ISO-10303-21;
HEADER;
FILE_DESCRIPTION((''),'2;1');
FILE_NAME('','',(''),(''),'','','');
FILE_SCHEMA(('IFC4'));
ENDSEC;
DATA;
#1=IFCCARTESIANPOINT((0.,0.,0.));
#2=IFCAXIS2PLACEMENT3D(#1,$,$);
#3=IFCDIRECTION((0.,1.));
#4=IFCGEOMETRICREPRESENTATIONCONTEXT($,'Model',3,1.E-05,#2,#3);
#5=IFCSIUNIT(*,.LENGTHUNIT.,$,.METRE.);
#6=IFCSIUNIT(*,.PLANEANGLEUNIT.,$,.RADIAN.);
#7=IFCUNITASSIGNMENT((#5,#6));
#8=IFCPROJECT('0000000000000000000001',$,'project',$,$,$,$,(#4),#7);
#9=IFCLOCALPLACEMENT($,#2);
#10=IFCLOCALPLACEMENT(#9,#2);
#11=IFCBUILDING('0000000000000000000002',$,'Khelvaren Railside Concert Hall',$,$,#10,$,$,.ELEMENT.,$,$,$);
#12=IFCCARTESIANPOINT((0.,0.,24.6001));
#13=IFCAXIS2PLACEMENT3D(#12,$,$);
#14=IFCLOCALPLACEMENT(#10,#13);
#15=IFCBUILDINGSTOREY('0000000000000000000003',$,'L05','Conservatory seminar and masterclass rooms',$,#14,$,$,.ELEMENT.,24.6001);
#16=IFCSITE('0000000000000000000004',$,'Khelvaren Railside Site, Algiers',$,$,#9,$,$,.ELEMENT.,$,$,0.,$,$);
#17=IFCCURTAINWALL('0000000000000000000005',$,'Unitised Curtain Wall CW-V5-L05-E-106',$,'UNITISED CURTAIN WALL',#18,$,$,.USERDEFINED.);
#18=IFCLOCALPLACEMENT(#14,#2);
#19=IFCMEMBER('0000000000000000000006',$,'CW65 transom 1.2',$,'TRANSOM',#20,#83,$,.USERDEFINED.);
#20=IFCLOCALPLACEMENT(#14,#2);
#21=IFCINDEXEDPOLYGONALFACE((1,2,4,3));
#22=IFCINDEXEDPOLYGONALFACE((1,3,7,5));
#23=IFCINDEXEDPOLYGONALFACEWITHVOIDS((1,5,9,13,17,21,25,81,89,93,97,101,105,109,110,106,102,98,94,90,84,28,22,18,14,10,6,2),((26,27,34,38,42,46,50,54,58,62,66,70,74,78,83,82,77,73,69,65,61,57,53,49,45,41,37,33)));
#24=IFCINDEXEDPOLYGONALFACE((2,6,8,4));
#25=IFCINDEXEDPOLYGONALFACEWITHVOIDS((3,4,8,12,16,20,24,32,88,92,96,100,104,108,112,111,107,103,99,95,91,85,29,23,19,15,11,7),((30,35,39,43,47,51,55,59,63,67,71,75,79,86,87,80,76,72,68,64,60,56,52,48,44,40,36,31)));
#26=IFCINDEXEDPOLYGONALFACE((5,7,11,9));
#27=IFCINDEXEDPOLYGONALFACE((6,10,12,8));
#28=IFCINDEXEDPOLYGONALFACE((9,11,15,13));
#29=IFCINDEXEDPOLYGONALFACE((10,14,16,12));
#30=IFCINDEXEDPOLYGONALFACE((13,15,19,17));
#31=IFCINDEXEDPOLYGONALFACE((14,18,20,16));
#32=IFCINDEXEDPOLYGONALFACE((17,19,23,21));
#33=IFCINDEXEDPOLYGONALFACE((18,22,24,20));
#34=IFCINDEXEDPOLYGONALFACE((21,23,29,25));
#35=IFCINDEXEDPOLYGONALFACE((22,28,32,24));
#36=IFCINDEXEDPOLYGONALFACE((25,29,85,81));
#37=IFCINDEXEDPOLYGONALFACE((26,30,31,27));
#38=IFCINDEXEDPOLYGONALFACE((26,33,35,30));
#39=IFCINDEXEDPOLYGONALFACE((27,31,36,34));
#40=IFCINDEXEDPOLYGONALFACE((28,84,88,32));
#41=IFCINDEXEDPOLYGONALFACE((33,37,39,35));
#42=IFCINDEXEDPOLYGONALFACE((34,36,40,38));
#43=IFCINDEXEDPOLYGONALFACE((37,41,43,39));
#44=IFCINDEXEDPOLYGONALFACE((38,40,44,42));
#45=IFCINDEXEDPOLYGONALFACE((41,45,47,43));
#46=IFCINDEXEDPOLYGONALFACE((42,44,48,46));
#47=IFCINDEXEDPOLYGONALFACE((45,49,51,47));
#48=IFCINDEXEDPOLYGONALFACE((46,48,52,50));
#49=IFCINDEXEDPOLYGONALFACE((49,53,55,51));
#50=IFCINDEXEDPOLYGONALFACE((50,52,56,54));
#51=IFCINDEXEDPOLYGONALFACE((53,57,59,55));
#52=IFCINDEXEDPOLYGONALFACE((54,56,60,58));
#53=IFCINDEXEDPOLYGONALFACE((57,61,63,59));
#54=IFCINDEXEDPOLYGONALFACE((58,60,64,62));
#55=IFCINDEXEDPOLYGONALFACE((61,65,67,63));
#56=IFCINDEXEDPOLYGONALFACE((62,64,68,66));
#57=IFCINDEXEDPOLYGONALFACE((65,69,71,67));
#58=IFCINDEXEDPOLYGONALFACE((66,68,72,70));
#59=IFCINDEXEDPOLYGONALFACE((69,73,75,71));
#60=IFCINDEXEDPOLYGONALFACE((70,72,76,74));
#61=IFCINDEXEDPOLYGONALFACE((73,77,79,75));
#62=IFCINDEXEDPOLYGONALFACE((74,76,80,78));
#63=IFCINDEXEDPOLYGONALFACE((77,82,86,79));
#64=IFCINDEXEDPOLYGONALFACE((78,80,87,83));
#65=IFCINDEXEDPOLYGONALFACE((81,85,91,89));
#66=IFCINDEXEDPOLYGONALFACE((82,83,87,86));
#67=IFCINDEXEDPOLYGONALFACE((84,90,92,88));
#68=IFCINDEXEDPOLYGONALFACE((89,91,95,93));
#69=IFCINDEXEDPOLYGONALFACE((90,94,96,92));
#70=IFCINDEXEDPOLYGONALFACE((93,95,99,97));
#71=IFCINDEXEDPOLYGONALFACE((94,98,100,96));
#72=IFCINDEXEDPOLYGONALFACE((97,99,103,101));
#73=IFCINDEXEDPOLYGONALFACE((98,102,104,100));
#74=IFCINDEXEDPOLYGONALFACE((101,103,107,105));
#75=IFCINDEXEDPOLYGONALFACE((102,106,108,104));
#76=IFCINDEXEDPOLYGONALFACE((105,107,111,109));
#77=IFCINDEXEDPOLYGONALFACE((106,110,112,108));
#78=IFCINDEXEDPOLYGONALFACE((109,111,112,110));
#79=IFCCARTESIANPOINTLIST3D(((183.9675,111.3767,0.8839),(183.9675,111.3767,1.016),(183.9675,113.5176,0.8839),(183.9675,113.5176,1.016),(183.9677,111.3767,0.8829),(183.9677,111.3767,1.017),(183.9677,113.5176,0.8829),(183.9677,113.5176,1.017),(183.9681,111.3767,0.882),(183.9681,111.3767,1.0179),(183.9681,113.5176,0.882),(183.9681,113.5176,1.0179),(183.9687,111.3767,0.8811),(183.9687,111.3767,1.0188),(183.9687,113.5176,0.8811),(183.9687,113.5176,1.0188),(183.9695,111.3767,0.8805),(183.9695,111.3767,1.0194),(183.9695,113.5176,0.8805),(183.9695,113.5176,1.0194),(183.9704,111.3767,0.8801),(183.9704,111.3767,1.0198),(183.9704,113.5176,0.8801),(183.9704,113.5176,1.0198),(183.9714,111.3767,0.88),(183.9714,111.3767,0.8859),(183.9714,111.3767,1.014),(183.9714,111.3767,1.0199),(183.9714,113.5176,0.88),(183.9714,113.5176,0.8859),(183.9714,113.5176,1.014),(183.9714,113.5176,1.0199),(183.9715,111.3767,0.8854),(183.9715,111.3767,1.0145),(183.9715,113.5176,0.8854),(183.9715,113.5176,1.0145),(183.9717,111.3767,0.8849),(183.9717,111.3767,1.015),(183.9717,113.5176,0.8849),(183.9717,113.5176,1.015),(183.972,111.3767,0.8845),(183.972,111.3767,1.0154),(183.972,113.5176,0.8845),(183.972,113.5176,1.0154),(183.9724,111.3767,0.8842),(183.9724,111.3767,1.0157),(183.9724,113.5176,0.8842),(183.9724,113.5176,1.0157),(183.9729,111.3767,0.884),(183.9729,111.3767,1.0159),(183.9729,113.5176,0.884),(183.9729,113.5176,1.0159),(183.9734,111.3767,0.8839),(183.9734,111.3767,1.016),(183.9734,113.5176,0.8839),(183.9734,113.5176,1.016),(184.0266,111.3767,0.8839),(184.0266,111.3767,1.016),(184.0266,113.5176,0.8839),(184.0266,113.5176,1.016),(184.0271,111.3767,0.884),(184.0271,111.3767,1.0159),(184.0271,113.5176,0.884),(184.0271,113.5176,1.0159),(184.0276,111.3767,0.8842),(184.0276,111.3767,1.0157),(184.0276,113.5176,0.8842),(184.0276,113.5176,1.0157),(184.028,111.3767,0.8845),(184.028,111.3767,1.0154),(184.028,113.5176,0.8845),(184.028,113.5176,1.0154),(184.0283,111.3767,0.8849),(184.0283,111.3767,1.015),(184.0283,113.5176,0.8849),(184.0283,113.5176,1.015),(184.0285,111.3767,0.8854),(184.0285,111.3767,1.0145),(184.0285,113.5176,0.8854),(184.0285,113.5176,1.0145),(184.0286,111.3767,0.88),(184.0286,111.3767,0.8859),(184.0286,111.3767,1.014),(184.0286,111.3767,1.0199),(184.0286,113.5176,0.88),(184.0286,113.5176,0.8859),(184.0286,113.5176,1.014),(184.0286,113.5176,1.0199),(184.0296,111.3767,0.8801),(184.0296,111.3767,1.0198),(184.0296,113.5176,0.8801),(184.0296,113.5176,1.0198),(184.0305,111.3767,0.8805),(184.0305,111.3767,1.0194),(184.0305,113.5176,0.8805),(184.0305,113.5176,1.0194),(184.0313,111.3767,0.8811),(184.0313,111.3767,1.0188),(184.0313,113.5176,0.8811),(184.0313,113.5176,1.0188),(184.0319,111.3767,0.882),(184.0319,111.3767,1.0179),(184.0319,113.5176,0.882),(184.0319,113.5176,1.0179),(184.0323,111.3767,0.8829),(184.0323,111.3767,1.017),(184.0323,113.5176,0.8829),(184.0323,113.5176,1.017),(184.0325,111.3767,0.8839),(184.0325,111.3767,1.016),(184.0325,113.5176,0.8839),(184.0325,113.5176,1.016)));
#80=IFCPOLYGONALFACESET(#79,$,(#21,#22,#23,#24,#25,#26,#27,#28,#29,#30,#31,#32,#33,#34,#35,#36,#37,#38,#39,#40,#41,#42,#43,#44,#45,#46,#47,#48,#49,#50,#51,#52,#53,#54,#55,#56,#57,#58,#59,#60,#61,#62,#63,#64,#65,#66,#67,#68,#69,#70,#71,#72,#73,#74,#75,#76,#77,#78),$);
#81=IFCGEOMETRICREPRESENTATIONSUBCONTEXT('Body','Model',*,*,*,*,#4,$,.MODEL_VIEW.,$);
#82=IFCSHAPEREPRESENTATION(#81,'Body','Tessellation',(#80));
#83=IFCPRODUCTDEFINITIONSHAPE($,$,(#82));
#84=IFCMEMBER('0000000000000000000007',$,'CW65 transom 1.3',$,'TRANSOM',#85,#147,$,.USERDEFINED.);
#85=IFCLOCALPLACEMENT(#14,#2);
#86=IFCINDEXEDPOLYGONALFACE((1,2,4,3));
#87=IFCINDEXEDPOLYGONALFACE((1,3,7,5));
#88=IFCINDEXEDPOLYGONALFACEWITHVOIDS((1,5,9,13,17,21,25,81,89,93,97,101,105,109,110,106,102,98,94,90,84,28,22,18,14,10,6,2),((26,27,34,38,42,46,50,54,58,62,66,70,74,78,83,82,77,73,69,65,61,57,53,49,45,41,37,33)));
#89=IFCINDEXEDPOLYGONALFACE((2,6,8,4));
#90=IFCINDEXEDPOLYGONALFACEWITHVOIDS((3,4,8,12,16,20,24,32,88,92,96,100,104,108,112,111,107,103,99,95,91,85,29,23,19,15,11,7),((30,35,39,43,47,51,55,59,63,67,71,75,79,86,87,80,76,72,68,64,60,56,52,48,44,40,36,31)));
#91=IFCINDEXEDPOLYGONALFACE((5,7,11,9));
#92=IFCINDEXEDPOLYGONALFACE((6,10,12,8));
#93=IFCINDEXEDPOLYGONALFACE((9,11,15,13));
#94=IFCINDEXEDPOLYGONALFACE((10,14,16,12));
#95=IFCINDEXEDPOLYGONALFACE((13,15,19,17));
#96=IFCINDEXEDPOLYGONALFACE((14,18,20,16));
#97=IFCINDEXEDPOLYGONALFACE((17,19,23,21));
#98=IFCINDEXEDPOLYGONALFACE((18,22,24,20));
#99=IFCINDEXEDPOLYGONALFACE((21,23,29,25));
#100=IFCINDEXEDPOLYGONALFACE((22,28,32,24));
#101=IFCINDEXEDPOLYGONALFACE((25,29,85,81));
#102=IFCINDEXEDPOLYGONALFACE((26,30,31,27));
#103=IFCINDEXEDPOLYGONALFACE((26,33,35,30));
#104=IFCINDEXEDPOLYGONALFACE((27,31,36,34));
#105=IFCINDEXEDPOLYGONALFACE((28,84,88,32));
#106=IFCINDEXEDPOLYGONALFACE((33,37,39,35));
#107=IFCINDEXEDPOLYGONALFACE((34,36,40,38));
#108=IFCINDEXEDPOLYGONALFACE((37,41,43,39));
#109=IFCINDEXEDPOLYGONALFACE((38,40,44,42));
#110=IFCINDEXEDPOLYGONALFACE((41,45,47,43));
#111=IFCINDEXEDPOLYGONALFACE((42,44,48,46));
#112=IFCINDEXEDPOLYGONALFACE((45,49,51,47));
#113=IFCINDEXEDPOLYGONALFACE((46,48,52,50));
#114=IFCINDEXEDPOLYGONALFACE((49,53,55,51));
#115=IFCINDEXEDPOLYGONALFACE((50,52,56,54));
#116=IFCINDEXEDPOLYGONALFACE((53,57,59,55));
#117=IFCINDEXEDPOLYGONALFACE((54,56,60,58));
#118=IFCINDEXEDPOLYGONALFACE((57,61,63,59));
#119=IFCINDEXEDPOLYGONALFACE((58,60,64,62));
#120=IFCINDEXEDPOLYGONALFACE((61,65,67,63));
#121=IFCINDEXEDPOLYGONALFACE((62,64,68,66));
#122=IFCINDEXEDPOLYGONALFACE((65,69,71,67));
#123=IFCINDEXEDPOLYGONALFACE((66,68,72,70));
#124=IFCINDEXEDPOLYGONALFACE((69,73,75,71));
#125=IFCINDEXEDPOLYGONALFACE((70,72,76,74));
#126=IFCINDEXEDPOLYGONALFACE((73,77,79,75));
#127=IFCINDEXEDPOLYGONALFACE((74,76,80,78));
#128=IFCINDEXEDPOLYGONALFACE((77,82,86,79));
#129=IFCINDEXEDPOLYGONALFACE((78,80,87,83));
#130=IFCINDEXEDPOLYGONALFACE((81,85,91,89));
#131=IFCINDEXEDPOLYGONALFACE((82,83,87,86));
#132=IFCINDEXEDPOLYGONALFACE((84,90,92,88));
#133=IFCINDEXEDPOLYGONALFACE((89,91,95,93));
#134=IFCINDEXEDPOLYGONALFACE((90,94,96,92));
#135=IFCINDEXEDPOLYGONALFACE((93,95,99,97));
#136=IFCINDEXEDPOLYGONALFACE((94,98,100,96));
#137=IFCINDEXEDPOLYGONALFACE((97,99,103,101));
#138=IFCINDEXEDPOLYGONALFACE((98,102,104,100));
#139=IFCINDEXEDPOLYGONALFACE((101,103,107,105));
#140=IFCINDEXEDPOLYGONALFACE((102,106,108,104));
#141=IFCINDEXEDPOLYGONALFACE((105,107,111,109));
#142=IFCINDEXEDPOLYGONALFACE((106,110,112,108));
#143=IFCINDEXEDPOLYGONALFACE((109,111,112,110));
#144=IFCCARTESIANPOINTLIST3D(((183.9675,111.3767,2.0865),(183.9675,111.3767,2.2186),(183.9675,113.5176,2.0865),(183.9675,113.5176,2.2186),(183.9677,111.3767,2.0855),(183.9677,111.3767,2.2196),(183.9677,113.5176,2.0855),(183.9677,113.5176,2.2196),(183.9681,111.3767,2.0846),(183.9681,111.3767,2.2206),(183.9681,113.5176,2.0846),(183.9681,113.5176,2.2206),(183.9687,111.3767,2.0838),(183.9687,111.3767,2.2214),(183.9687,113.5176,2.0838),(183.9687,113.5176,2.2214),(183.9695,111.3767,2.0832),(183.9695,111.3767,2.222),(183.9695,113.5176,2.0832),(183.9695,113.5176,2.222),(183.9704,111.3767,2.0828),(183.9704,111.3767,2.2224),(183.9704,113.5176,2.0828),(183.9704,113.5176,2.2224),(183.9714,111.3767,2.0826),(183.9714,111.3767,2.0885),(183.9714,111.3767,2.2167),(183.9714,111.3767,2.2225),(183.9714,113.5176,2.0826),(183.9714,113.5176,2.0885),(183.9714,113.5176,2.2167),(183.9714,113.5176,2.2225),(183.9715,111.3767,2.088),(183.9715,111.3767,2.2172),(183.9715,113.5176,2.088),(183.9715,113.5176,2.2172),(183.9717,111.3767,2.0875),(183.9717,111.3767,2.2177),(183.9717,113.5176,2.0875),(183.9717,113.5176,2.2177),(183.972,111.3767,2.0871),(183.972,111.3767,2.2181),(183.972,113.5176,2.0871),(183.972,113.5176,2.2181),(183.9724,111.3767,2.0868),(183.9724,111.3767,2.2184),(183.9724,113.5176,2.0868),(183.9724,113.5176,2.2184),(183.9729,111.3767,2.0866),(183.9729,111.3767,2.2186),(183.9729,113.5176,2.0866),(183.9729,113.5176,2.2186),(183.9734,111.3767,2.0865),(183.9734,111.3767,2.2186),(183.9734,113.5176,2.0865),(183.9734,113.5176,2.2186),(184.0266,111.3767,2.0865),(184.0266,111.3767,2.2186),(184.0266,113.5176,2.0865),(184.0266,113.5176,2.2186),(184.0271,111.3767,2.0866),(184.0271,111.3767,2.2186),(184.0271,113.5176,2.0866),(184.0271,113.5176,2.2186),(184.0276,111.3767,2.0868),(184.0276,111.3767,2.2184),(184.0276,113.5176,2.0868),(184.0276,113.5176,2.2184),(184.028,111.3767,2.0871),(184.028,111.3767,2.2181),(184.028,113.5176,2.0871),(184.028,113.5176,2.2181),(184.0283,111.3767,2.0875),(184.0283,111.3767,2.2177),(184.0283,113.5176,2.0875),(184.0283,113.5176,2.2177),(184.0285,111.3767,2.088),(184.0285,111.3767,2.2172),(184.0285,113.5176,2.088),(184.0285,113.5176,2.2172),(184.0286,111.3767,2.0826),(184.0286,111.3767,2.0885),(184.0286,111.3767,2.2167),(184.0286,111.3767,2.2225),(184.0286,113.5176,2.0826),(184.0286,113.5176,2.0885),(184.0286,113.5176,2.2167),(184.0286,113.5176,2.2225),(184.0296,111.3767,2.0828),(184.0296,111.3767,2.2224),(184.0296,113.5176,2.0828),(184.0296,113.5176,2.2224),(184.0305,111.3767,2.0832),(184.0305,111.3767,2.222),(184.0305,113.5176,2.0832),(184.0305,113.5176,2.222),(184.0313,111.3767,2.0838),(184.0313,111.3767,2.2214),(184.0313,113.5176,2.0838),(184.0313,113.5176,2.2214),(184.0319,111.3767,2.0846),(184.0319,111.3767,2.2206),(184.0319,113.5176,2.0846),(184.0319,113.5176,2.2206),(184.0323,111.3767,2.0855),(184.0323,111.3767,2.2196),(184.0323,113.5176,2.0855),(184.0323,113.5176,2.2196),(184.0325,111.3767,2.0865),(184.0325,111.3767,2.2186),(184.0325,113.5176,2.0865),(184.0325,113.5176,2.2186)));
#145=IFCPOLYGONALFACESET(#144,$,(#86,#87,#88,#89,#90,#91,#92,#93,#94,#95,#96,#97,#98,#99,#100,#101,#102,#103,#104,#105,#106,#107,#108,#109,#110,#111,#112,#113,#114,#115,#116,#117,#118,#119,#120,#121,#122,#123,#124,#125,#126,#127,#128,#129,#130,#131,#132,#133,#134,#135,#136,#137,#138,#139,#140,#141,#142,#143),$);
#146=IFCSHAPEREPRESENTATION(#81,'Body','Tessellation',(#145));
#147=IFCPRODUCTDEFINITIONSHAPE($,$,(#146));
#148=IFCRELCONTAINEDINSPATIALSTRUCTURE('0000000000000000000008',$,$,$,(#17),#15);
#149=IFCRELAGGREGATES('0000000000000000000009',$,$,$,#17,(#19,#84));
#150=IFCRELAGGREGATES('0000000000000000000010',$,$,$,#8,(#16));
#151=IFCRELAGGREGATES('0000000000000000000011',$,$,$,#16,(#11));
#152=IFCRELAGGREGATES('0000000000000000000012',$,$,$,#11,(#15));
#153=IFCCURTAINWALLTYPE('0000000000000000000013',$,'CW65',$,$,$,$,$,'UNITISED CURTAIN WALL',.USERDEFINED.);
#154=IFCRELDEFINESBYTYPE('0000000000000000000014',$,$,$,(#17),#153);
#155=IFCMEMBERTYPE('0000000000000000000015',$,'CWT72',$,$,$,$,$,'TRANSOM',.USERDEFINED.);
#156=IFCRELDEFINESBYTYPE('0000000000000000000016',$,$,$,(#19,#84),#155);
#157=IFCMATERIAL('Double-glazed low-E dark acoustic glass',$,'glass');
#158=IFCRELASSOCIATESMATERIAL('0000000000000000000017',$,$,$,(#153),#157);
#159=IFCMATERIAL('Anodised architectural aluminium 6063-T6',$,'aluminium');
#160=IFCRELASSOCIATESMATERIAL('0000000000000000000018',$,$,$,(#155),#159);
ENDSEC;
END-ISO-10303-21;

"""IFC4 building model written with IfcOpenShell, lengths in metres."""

from ifc_helpers import new_model, si_unit, direction, frame, origin, origin_2d, place, context, subcontext, project, spatial, hollow_rectangle, extrude, material, material_profile, profile_set, type_object, element, aggregate, save


model = new_model("IFC4")

# Units and contexts
model_context = context("Model", 3, precision=1e-05, world=origin(), true_north=direction((0.0, 1.0)))
body_context = subcontext(model_context, "Body", "Model", "MODEL_VIEW")
ifc_project = project(units=[si_unit("LENGTHUNIT", "METRE"), si_unit("PLANEANGLEUNIT", "RADIAN")], contexts=[model_context])

# Site, building, storey
site_placement = place(None, origin())
site = spatial("IfcSite", under=ifc_project, at=site_placement, Name="Khelvaren Railside Site, Algiers", CompositionType="ELEMENT", RefElevation=0.0)
building_placement = place(site_placement, origin())
building = spatial("IfcBuilding", under=site, at=building_placement, Name="Khelvaren Railside Concert Hall", CompositionType="ELEMENT")
storey_placement = place(building_placement, frame((0.0, 0.0, 24.6001)))
storey = spatial("IfcBuildingStorey", under=building, at=storey_placement, Name="L05", Description="Conservatory seminar and masterclass rooms", CompositionType="ELEMENT", Elevation=24.6001)

# Curtain wall, members
ifc_material_1 = material(Name="Double-glazed low-E dark acoustic glass", Category="glass")
curtain_wall_type = type_object("IfcCurtainWallType", Name="CW65", ElementType="UNITISED CURTAIN WALL", PredefinedType="USERDEFINED", material=ifc_material_1)
curtain_wall_placement = place(storey_placement, origin())
curtain_wall = element("IfcCurtainWall", 1, at=curtain_wall_placement, inside=storey, type_object=curtain_wall_type, Name="Unitised Curtain Wall CW-V5-L05-E-106", ObjectType="UNITISED CURTAIN WALL", PredefinedType="USERDEFINED")
ifc_material_2 = material(Name="Anodised architectural aluminium 6063-T6", Category="aluminium")
ifc_material_profile_1 = material_profile(ifc_material_2, hollow_rectangle(XDim=0.0649, YDim=0.1399, WallThickness=0.0039, InnerFilletRadius=0.002, OuterFilletRadius=0.0039, at=origin_2d()), Name="CWT 65x140x4")
ifc_profile_set_1 = profile_set([ifc_material_profile_1], Name="Anodised architectural aluminium 6063-T6")
member_type_1 = type_object("IfcMemberType", Name="CWT72", ElementType="TRANSOM", PredefinedType="USERDEFINED", material=ifc_profile_set_1)
member_1_placement = place(storey_placement, frame((184.0, 113.5176, 0.95), z_axis=(0.0, -1.0, 0.0), x_axis=(1.0, 0.0, 0.0)))
member_1 = element("IfcMember", 2, at=member_1_placement, type_object=member_type_1, Name="CW65 transom 1.2", ObjectType="TRANSOM", PredefinedType="USERDEFINED", context=body_context, shape_type="SweptSolid", body=[
    extrude(hollow_rectangle(XDim=0.0649, YDim=0.1399, WallThickness=0.0039, InnerFilletRadius=0.002, OuterFilletRadius=0.0039, at=origin_2d()), origin(), (0.0, 0.0, 1.0), 2.1409),
])
member_2_placement = place(storey_placement, frame((184.0, 113.5176, 2.1526), z_axis=(0.0, -1.0, 0.0), x_axis=(1.0, 0.0, 0.0)))
member_2 = element("IfcMember", 3, at=member_2_placement, type_object=member_type_1, Name="CW65 transom 1.3", ObjectType="TRANSOM", PredefinedType="USERDEFINED", context=body_context, shape_type="SweptSolid", body=[
    extrude(hollow_rectangle(XDim=0.0649, YDim=0.1399, WallThickness=0.0039, InnerFilletRadius=0.002, OuterFilletRadius=0.0039, at=origin_2d()), origin(), (0.0, 0.0, 1.0), 2.1409),
])
aggregate(curtain_wall, [member_1, member_2])

save(model, "model.ifc")
